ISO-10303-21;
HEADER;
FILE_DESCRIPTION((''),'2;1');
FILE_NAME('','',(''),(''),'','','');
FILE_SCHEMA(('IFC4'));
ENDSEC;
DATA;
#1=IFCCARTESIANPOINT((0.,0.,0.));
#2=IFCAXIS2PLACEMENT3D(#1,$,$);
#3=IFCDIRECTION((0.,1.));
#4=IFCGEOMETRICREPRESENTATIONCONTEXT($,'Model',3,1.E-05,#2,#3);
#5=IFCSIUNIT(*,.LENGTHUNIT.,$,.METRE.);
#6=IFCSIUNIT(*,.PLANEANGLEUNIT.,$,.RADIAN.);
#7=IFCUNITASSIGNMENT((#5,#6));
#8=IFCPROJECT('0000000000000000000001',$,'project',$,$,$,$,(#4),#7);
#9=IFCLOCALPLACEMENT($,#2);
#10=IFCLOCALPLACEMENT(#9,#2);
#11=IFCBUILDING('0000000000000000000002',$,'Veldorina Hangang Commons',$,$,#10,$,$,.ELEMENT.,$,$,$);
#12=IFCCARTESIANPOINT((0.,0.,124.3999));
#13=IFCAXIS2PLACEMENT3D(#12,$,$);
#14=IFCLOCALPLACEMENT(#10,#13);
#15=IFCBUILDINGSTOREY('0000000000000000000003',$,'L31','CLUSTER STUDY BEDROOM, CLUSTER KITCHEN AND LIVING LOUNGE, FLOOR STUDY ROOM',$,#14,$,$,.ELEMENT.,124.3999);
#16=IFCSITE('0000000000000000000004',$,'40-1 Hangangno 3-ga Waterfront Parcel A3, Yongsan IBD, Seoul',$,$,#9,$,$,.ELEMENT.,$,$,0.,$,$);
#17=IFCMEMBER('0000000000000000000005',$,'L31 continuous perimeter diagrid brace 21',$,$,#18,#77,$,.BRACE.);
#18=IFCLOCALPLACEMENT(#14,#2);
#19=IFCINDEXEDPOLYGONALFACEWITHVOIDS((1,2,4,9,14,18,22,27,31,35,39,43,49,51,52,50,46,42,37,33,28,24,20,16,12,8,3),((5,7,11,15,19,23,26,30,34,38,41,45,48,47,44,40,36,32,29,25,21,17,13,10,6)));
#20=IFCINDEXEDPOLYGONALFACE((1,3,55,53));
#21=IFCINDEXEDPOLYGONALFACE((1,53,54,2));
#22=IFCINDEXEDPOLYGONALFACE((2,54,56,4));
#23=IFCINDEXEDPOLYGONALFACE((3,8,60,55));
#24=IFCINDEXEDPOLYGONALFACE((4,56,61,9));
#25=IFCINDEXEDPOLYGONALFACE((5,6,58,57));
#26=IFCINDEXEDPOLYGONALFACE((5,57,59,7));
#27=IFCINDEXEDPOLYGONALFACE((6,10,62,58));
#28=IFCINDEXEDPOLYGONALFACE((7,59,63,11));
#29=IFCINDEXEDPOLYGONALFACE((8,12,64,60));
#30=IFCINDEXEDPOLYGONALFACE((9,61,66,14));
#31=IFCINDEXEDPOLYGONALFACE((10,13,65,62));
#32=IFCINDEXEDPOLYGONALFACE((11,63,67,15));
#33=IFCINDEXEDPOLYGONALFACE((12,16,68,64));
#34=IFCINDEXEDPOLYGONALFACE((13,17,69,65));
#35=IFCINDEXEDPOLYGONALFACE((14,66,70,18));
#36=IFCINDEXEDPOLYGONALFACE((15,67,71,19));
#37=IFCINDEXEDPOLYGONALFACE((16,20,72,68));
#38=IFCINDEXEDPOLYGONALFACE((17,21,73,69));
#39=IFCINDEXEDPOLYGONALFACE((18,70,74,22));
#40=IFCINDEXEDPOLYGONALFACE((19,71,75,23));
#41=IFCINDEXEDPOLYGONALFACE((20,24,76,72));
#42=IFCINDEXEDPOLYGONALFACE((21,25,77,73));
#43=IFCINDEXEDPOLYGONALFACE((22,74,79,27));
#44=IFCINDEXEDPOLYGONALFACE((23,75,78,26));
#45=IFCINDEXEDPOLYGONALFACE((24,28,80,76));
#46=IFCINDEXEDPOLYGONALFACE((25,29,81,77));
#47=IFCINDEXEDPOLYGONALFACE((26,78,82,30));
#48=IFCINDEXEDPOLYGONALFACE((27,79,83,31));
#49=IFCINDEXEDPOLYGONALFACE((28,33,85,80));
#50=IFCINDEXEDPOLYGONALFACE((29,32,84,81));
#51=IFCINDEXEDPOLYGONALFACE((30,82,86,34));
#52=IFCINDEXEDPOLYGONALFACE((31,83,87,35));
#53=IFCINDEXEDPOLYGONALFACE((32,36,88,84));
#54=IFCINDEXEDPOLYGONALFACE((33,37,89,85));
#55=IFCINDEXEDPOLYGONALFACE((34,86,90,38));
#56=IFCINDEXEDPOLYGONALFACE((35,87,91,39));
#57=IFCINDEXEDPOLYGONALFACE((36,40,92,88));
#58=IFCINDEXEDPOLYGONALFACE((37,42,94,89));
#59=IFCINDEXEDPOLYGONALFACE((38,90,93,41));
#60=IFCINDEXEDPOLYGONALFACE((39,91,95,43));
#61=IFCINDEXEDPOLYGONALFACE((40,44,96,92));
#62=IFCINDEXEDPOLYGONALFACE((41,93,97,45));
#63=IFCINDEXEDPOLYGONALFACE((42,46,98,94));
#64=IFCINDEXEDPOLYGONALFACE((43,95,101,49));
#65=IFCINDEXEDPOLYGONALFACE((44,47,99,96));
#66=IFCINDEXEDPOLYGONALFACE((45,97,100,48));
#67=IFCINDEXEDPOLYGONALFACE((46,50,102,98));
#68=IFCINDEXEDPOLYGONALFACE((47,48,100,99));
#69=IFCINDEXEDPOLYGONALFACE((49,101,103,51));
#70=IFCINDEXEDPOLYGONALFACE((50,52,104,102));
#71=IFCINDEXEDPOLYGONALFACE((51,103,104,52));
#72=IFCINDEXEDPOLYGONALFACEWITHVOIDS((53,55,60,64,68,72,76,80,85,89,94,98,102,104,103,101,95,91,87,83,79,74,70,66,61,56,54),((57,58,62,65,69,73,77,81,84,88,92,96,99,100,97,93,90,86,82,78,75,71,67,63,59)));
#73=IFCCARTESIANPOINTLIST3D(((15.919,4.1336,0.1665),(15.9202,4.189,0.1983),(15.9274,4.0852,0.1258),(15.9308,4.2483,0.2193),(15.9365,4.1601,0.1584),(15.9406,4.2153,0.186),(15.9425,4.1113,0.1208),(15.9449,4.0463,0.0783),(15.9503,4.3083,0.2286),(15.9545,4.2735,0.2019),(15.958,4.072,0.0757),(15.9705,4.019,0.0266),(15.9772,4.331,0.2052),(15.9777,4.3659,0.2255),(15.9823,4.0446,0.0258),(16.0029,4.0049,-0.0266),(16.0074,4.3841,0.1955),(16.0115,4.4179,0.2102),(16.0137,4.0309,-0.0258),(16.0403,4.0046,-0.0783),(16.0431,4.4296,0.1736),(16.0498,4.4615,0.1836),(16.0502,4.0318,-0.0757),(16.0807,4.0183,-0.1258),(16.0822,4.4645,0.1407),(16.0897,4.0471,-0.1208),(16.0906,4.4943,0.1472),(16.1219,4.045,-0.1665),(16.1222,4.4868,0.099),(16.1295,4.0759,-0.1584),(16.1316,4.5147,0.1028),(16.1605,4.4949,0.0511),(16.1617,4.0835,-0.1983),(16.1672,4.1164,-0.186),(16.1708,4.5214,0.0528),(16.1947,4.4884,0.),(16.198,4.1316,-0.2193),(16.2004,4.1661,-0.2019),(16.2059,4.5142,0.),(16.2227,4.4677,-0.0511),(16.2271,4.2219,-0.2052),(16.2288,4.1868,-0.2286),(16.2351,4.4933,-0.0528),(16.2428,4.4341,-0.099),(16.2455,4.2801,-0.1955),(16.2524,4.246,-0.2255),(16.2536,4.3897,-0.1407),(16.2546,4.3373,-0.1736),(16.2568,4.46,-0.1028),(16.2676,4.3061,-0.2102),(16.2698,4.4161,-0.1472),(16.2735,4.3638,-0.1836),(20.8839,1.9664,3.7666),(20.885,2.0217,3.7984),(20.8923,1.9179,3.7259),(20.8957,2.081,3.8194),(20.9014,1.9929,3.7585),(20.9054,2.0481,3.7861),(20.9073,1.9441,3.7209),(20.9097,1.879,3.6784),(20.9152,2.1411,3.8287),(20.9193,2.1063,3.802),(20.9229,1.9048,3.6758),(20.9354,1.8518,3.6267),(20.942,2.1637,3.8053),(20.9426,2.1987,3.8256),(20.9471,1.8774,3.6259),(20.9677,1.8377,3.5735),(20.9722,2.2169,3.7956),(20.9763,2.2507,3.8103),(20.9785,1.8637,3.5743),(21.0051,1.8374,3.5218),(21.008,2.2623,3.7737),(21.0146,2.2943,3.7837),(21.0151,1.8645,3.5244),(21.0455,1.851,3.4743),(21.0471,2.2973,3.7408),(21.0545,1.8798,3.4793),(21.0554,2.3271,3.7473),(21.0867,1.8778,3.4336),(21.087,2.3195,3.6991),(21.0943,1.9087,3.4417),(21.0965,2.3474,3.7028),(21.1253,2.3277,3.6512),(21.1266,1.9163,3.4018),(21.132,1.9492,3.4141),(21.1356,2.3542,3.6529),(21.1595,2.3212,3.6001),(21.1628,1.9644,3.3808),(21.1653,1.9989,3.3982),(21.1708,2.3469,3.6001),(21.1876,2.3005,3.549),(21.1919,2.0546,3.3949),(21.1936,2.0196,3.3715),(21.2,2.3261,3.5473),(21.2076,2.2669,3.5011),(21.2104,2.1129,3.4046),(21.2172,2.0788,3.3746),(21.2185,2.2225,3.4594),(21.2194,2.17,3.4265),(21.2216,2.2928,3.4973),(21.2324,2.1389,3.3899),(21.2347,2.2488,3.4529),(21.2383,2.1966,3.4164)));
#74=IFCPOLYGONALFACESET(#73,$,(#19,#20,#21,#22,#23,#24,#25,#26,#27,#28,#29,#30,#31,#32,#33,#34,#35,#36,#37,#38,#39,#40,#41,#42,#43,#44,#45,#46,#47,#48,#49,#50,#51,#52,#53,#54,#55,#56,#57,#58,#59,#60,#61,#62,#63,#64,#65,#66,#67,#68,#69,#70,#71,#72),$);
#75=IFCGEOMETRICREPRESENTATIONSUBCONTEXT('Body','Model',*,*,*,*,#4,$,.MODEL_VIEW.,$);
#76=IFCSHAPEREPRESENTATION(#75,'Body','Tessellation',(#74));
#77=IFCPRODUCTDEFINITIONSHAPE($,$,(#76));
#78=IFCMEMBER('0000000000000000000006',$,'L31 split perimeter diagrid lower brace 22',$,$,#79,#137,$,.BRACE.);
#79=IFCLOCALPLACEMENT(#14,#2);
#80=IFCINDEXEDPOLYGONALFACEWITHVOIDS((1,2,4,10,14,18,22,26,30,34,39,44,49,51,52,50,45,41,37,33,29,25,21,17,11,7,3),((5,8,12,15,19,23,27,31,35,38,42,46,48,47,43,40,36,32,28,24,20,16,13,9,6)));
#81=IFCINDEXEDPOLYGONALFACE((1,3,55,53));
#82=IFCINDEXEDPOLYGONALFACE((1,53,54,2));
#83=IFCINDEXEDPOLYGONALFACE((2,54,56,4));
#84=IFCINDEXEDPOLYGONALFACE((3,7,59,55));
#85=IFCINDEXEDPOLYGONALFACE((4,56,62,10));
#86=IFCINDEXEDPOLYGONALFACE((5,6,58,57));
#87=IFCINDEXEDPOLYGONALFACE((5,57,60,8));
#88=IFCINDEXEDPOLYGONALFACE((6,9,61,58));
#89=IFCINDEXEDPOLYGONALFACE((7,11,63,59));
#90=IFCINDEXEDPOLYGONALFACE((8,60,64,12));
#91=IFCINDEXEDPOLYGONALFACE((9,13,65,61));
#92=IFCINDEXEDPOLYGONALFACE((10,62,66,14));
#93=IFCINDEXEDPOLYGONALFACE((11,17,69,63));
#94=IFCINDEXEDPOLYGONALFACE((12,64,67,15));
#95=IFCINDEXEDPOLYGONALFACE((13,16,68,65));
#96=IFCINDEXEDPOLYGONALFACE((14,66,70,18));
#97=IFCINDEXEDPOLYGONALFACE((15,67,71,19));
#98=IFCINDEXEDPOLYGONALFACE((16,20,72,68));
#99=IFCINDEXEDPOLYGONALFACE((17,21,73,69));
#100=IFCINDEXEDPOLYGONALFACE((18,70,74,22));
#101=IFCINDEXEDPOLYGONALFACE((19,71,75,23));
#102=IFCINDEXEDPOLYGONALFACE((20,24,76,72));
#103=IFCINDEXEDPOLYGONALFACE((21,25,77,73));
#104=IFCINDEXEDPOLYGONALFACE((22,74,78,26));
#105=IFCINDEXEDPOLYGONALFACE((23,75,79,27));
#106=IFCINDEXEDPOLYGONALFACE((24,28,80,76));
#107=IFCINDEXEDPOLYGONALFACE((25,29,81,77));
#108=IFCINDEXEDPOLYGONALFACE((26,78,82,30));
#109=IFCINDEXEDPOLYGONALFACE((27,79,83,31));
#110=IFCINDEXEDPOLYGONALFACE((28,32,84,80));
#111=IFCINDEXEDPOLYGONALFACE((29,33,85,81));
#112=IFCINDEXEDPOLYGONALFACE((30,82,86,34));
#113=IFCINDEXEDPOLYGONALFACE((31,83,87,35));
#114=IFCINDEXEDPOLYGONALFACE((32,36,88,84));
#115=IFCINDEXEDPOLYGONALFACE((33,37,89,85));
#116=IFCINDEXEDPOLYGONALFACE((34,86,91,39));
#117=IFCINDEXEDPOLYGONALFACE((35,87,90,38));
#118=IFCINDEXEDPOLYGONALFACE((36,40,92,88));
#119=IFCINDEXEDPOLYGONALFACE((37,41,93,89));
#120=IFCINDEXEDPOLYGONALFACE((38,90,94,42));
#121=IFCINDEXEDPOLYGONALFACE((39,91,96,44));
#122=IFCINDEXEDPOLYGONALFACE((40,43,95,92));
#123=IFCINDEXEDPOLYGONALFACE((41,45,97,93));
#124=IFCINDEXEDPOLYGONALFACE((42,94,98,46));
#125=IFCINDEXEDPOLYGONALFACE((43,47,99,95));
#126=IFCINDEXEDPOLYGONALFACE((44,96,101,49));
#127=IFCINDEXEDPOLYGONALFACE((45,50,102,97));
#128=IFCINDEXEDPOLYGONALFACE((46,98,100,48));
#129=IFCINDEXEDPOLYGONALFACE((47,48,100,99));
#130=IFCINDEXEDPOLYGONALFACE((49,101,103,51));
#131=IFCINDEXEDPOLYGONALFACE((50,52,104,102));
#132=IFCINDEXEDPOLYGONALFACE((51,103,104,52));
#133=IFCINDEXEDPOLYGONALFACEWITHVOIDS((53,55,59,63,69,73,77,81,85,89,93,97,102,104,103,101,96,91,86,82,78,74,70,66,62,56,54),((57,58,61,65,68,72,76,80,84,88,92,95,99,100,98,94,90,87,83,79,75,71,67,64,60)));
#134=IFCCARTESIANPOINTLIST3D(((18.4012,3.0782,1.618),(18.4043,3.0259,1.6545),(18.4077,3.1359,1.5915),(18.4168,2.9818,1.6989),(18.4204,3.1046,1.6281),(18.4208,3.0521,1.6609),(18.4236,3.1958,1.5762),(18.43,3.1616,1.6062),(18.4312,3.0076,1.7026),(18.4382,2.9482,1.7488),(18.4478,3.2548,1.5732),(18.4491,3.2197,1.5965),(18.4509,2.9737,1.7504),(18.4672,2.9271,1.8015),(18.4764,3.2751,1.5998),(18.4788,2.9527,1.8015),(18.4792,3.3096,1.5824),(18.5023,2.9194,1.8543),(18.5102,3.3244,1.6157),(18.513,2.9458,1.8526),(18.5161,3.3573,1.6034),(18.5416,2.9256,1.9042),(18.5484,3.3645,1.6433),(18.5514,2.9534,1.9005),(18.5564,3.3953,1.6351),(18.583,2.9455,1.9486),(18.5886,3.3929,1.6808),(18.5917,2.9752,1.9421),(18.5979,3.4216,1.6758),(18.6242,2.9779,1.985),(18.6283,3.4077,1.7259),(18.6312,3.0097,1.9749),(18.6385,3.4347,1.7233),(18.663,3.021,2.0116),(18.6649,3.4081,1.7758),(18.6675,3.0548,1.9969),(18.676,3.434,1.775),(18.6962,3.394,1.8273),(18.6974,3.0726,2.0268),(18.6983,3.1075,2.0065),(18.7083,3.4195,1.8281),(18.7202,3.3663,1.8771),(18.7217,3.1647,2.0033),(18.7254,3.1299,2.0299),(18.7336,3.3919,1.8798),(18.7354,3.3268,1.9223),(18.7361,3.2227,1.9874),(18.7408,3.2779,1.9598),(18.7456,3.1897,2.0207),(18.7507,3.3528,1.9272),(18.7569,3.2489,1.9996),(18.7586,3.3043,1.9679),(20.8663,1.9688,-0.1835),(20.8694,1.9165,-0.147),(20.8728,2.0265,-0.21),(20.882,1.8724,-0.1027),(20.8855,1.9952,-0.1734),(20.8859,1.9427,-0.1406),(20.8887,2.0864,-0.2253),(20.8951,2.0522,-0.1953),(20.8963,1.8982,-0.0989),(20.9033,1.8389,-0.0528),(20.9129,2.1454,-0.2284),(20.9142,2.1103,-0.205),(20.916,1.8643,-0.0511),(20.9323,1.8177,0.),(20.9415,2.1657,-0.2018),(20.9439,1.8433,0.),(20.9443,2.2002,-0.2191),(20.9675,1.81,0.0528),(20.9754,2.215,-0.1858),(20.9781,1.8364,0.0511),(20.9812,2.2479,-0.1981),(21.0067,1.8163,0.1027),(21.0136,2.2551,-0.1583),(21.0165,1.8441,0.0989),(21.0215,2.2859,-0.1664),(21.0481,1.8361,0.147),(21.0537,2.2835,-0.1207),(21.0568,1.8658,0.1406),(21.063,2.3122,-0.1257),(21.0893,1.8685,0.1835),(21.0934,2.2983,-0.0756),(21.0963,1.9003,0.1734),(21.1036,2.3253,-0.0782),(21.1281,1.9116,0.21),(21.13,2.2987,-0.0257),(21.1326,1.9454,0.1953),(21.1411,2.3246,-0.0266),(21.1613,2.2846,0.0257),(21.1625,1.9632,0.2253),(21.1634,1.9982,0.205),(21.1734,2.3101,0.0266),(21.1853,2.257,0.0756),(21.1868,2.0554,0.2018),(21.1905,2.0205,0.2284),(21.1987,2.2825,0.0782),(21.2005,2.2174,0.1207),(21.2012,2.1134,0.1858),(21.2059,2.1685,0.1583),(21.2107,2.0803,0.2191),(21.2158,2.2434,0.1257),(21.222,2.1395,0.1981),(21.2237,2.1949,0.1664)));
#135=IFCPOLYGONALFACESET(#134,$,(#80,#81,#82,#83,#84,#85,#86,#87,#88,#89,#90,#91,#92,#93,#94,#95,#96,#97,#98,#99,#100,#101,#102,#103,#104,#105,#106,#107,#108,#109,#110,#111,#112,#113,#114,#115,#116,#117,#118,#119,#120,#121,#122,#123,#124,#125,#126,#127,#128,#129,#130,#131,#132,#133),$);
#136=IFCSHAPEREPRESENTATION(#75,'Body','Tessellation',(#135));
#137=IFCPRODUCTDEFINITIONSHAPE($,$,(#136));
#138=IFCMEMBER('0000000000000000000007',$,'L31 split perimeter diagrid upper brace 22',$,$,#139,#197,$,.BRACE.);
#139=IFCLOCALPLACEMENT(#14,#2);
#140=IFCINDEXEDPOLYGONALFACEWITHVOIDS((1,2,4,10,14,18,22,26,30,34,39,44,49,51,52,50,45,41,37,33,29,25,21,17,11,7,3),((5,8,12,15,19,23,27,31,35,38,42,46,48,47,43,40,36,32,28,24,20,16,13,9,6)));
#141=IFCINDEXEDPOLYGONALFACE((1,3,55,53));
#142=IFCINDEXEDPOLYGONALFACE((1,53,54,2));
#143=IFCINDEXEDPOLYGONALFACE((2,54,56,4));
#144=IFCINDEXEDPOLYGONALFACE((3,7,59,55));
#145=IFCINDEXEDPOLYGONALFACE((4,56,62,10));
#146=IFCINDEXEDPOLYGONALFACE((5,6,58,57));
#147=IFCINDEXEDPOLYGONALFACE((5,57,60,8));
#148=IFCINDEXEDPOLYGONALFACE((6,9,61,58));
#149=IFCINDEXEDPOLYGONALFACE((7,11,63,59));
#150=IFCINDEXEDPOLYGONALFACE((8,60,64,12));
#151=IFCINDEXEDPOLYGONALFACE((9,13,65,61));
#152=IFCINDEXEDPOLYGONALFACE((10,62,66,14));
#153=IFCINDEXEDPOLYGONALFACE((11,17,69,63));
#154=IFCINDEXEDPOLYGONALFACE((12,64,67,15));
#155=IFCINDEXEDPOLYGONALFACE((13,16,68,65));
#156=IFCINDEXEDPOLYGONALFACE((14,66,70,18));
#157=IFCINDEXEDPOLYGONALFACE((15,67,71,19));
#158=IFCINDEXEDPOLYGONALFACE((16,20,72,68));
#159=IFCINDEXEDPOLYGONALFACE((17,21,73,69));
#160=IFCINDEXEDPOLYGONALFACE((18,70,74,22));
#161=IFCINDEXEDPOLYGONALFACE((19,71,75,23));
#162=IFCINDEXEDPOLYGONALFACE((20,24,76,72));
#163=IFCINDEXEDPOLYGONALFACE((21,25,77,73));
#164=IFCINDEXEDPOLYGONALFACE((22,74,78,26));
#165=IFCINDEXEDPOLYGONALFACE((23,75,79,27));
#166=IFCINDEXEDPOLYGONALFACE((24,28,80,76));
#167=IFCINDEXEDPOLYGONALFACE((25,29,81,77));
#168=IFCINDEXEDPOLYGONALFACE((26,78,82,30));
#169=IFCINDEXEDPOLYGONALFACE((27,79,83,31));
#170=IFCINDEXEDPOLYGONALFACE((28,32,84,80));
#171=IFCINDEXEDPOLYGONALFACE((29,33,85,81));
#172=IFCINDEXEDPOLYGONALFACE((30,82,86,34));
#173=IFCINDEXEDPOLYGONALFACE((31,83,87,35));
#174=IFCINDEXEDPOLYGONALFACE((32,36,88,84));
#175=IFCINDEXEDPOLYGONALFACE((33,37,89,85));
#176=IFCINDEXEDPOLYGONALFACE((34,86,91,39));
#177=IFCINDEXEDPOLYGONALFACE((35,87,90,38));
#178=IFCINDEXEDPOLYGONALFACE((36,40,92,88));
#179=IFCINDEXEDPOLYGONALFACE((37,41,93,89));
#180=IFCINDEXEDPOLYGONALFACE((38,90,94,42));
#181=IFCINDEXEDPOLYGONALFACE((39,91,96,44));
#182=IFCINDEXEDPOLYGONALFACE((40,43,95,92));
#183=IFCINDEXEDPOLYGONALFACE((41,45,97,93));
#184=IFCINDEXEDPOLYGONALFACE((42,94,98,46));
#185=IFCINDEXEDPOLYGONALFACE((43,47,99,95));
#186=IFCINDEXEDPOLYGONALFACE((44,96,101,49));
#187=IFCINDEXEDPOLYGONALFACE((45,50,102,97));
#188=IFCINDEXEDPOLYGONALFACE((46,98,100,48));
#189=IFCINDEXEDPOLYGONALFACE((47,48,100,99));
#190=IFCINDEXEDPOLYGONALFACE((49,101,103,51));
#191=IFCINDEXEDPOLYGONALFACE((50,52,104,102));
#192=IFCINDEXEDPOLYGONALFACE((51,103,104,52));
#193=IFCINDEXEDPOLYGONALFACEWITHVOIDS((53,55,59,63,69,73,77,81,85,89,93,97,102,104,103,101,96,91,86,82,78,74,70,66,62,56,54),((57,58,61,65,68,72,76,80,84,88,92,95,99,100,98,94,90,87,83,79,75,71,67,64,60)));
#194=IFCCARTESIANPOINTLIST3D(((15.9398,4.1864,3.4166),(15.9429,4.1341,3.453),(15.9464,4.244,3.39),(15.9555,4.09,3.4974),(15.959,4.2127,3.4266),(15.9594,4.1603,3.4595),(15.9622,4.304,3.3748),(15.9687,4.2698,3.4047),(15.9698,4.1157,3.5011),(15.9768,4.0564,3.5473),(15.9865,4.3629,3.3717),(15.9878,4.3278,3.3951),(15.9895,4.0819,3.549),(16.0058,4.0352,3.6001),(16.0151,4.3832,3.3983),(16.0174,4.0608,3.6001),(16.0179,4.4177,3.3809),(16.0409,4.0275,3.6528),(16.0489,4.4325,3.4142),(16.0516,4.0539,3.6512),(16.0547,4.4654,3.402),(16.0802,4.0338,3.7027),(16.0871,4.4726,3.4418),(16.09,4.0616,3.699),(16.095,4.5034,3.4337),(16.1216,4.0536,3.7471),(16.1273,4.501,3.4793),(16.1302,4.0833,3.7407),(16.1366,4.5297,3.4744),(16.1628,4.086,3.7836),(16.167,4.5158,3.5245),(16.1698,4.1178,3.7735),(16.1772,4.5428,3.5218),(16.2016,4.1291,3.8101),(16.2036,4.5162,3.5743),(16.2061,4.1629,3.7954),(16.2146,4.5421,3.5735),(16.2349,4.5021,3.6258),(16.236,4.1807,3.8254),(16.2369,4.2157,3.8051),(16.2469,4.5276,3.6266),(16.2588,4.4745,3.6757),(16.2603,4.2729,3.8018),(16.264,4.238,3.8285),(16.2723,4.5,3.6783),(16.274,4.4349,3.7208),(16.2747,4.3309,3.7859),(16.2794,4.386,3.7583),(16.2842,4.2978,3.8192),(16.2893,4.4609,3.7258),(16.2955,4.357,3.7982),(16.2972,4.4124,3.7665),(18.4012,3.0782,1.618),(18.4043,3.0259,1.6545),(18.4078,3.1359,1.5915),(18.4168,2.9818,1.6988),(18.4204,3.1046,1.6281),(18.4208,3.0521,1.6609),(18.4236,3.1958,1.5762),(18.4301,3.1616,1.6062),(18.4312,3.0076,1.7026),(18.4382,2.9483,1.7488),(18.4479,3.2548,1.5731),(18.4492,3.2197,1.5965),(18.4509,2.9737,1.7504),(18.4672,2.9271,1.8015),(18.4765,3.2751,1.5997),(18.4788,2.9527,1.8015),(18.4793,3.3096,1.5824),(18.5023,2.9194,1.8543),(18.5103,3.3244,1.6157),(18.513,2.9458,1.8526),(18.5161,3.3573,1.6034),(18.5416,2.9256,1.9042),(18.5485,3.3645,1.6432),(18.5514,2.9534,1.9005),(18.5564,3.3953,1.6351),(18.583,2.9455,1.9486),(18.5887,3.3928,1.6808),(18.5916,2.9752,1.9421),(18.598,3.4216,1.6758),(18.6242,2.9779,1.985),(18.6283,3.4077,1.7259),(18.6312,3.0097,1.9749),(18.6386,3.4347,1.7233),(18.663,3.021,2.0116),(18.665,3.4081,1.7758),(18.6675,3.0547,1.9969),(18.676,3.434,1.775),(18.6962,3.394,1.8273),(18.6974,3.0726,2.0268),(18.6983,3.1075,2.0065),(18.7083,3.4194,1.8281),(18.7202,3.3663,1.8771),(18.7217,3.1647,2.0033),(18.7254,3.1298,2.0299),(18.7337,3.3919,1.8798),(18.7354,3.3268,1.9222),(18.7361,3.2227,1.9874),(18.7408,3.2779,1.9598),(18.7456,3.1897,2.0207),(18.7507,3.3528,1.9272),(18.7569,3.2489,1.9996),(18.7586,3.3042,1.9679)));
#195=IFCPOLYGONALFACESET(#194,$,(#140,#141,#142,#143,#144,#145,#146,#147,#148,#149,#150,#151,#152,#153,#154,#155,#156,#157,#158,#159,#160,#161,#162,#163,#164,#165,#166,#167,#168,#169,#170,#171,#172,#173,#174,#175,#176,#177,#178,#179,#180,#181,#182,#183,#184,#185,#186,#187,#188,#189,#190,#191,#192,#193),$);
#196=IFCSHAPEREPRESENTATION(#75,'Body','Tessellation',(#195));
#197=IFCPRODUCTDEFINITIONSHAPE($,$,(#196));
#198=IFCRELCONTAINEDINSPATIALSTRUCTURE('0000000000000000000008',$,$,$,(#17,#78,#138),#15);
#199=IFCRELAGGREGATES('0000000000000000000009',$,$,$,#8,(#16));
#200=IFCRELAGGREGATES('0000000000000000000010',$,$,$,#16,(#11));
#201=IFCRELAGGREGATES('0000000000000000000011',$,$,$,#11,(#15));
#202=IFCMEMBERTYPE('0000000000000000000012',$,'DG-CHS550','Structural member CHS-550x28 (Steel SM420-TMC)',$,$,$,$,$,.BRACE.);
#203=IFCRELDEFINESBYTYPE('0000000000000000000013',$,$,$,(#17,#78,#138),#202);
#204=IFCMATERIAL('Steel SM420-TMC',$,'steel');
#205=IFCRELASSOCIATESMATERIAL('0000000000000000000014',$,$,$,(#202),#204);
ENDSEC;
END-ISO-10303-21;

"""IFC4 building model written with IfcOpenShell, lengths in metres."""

from ifc_helpers import new_model, si_unit, direction, frame, origin, origin_2d, place, context, subcontext, project, spatial, hollow_circle, extrude, material, material_profile, profile_set, type_object, element, save


model = new_model("IFC4")

# Units and contexts
model_context = context("Model", 3, precision=1e-05, world=origin(), true_north=direction((0.0, 1.0)))
body_context = subcontext(model_context, "Body", "Model", "MODEL_VIEW")
ifc_project = project(units=[si_unit("LENGTHUNIT", "METRE"), si_unit("PLANEANGLEUNIT", "RADIAN")], contexts=[model_context])

# Site, building, storey
site_placement = place(None, origin())
site = spatial("IfcSite", under=ifc_project, at=site_placement, Name="40-1 Hangangno 3-ga Waterfront Parcel A3, Yongsan IBD, Seoul", CompositionType="ELEMENT", RefElevation=0.0)
building_placement = place(site_placement, origin())
building = spatial("IfcBuilding", under=site, at=building_placement, Name="Veldorina Hangang Commons", CompositionType="ELEMENT")
storey_placement = place(building_placement, frame((0.0, 0.0, 124.3999)))
storey = spatial("IfcBuildingStorey", under=building, at=storey_placement, Name="L31", Description="CLUSTER STUDY BEDROOM, CLUSTER KITCHEN AND LIVING LOUNGE, FLOOR STUDY ROOM", CompositionType="ELEMENT", Elevation=124.3999)

# Shared definitions
ifc_material_1 = material(Name="Steel SM420-TMC", Category="steel")

# Members
ifc_material_profile_1 = material_profile(ifc_material_1, hollow_circle(Radius=0.2749, WallThickness=0.0281, at=origin_2d()), Name="CHS-550x28")
ifc_profile_set_1 = profile_set([ifc_material_profile_1], Name="Steel SM420-TMC")
member_type = type_object("IfcMemberType", Name="DG-CHS550", Description="Structural member CHS-550x28 (Steel SM420-TMC)", PredefinedType="BRACE", material=ifc_profile_set_1)
member_1_placement = place(storey_placement, frame((16.0959, 4.2622, 0.0), z_axis=(0.763305, -0.333195, 0.553486), x_axis=(0.400062, 0.916488, 0.0)))
element("IfcMember", 1, at=member_1_placement, inside=storey, type_object=member_type, Name="L31 continuous perimeter diagrid brace 21", PredefinedType="BRACE", context=body_context, shape_type="SweptSolid", body=[
    extrude(hollow_circle(Radius=0.2749, WallThickness=0.0281, at=origin_2d()), origin(), (0.0, 0.0, 1.0), 6.5044),
])
member_2_placement = place(storey_placement, frame((21.0452, 2.0684, 0.0), z_axis=(-0.758836, 0.341503, 0.554566), x_axis=(-0.410391, -0.91191, 0.0)))
element("IfcMember", 2, at=member_2_placement, inside=storey, type_object=member_type, Name="L31 split perimeter diagrid lower brace 22", PredefinedType="BRACE", context=body_context, shape_type="SweptSolid", body=[
    extrude(hollow_circle(Radius=0.2749, WallThickness=0.0281, at=origin_2d()), origin(), (0.0, 0.0, 1.0), 3.2485),
])
member_3_placement = place(storey_placement, frame((18.5801, 3.1777, 1.8015), z_axis=(-0.758835, 0.341634, 0.554487), x_axis=(-0.410523, -0.91185, 0.0)))
element("IfcMember", 3, at=member_3_placement, inside=storey, type_object=member_type, Name="L31 split perimeter diagrid upper brace 22", PredefinedType="BRACE", context=body_context, shape_type="SweptSolid", body=[
    extrude(hollow_circle(Radius=0.2749, WallThickness=0.0281, at=origin_2d()), origin(), (0.0, 0.0, 1.0), 3.2437),
])

save(model, "model.ifc")
